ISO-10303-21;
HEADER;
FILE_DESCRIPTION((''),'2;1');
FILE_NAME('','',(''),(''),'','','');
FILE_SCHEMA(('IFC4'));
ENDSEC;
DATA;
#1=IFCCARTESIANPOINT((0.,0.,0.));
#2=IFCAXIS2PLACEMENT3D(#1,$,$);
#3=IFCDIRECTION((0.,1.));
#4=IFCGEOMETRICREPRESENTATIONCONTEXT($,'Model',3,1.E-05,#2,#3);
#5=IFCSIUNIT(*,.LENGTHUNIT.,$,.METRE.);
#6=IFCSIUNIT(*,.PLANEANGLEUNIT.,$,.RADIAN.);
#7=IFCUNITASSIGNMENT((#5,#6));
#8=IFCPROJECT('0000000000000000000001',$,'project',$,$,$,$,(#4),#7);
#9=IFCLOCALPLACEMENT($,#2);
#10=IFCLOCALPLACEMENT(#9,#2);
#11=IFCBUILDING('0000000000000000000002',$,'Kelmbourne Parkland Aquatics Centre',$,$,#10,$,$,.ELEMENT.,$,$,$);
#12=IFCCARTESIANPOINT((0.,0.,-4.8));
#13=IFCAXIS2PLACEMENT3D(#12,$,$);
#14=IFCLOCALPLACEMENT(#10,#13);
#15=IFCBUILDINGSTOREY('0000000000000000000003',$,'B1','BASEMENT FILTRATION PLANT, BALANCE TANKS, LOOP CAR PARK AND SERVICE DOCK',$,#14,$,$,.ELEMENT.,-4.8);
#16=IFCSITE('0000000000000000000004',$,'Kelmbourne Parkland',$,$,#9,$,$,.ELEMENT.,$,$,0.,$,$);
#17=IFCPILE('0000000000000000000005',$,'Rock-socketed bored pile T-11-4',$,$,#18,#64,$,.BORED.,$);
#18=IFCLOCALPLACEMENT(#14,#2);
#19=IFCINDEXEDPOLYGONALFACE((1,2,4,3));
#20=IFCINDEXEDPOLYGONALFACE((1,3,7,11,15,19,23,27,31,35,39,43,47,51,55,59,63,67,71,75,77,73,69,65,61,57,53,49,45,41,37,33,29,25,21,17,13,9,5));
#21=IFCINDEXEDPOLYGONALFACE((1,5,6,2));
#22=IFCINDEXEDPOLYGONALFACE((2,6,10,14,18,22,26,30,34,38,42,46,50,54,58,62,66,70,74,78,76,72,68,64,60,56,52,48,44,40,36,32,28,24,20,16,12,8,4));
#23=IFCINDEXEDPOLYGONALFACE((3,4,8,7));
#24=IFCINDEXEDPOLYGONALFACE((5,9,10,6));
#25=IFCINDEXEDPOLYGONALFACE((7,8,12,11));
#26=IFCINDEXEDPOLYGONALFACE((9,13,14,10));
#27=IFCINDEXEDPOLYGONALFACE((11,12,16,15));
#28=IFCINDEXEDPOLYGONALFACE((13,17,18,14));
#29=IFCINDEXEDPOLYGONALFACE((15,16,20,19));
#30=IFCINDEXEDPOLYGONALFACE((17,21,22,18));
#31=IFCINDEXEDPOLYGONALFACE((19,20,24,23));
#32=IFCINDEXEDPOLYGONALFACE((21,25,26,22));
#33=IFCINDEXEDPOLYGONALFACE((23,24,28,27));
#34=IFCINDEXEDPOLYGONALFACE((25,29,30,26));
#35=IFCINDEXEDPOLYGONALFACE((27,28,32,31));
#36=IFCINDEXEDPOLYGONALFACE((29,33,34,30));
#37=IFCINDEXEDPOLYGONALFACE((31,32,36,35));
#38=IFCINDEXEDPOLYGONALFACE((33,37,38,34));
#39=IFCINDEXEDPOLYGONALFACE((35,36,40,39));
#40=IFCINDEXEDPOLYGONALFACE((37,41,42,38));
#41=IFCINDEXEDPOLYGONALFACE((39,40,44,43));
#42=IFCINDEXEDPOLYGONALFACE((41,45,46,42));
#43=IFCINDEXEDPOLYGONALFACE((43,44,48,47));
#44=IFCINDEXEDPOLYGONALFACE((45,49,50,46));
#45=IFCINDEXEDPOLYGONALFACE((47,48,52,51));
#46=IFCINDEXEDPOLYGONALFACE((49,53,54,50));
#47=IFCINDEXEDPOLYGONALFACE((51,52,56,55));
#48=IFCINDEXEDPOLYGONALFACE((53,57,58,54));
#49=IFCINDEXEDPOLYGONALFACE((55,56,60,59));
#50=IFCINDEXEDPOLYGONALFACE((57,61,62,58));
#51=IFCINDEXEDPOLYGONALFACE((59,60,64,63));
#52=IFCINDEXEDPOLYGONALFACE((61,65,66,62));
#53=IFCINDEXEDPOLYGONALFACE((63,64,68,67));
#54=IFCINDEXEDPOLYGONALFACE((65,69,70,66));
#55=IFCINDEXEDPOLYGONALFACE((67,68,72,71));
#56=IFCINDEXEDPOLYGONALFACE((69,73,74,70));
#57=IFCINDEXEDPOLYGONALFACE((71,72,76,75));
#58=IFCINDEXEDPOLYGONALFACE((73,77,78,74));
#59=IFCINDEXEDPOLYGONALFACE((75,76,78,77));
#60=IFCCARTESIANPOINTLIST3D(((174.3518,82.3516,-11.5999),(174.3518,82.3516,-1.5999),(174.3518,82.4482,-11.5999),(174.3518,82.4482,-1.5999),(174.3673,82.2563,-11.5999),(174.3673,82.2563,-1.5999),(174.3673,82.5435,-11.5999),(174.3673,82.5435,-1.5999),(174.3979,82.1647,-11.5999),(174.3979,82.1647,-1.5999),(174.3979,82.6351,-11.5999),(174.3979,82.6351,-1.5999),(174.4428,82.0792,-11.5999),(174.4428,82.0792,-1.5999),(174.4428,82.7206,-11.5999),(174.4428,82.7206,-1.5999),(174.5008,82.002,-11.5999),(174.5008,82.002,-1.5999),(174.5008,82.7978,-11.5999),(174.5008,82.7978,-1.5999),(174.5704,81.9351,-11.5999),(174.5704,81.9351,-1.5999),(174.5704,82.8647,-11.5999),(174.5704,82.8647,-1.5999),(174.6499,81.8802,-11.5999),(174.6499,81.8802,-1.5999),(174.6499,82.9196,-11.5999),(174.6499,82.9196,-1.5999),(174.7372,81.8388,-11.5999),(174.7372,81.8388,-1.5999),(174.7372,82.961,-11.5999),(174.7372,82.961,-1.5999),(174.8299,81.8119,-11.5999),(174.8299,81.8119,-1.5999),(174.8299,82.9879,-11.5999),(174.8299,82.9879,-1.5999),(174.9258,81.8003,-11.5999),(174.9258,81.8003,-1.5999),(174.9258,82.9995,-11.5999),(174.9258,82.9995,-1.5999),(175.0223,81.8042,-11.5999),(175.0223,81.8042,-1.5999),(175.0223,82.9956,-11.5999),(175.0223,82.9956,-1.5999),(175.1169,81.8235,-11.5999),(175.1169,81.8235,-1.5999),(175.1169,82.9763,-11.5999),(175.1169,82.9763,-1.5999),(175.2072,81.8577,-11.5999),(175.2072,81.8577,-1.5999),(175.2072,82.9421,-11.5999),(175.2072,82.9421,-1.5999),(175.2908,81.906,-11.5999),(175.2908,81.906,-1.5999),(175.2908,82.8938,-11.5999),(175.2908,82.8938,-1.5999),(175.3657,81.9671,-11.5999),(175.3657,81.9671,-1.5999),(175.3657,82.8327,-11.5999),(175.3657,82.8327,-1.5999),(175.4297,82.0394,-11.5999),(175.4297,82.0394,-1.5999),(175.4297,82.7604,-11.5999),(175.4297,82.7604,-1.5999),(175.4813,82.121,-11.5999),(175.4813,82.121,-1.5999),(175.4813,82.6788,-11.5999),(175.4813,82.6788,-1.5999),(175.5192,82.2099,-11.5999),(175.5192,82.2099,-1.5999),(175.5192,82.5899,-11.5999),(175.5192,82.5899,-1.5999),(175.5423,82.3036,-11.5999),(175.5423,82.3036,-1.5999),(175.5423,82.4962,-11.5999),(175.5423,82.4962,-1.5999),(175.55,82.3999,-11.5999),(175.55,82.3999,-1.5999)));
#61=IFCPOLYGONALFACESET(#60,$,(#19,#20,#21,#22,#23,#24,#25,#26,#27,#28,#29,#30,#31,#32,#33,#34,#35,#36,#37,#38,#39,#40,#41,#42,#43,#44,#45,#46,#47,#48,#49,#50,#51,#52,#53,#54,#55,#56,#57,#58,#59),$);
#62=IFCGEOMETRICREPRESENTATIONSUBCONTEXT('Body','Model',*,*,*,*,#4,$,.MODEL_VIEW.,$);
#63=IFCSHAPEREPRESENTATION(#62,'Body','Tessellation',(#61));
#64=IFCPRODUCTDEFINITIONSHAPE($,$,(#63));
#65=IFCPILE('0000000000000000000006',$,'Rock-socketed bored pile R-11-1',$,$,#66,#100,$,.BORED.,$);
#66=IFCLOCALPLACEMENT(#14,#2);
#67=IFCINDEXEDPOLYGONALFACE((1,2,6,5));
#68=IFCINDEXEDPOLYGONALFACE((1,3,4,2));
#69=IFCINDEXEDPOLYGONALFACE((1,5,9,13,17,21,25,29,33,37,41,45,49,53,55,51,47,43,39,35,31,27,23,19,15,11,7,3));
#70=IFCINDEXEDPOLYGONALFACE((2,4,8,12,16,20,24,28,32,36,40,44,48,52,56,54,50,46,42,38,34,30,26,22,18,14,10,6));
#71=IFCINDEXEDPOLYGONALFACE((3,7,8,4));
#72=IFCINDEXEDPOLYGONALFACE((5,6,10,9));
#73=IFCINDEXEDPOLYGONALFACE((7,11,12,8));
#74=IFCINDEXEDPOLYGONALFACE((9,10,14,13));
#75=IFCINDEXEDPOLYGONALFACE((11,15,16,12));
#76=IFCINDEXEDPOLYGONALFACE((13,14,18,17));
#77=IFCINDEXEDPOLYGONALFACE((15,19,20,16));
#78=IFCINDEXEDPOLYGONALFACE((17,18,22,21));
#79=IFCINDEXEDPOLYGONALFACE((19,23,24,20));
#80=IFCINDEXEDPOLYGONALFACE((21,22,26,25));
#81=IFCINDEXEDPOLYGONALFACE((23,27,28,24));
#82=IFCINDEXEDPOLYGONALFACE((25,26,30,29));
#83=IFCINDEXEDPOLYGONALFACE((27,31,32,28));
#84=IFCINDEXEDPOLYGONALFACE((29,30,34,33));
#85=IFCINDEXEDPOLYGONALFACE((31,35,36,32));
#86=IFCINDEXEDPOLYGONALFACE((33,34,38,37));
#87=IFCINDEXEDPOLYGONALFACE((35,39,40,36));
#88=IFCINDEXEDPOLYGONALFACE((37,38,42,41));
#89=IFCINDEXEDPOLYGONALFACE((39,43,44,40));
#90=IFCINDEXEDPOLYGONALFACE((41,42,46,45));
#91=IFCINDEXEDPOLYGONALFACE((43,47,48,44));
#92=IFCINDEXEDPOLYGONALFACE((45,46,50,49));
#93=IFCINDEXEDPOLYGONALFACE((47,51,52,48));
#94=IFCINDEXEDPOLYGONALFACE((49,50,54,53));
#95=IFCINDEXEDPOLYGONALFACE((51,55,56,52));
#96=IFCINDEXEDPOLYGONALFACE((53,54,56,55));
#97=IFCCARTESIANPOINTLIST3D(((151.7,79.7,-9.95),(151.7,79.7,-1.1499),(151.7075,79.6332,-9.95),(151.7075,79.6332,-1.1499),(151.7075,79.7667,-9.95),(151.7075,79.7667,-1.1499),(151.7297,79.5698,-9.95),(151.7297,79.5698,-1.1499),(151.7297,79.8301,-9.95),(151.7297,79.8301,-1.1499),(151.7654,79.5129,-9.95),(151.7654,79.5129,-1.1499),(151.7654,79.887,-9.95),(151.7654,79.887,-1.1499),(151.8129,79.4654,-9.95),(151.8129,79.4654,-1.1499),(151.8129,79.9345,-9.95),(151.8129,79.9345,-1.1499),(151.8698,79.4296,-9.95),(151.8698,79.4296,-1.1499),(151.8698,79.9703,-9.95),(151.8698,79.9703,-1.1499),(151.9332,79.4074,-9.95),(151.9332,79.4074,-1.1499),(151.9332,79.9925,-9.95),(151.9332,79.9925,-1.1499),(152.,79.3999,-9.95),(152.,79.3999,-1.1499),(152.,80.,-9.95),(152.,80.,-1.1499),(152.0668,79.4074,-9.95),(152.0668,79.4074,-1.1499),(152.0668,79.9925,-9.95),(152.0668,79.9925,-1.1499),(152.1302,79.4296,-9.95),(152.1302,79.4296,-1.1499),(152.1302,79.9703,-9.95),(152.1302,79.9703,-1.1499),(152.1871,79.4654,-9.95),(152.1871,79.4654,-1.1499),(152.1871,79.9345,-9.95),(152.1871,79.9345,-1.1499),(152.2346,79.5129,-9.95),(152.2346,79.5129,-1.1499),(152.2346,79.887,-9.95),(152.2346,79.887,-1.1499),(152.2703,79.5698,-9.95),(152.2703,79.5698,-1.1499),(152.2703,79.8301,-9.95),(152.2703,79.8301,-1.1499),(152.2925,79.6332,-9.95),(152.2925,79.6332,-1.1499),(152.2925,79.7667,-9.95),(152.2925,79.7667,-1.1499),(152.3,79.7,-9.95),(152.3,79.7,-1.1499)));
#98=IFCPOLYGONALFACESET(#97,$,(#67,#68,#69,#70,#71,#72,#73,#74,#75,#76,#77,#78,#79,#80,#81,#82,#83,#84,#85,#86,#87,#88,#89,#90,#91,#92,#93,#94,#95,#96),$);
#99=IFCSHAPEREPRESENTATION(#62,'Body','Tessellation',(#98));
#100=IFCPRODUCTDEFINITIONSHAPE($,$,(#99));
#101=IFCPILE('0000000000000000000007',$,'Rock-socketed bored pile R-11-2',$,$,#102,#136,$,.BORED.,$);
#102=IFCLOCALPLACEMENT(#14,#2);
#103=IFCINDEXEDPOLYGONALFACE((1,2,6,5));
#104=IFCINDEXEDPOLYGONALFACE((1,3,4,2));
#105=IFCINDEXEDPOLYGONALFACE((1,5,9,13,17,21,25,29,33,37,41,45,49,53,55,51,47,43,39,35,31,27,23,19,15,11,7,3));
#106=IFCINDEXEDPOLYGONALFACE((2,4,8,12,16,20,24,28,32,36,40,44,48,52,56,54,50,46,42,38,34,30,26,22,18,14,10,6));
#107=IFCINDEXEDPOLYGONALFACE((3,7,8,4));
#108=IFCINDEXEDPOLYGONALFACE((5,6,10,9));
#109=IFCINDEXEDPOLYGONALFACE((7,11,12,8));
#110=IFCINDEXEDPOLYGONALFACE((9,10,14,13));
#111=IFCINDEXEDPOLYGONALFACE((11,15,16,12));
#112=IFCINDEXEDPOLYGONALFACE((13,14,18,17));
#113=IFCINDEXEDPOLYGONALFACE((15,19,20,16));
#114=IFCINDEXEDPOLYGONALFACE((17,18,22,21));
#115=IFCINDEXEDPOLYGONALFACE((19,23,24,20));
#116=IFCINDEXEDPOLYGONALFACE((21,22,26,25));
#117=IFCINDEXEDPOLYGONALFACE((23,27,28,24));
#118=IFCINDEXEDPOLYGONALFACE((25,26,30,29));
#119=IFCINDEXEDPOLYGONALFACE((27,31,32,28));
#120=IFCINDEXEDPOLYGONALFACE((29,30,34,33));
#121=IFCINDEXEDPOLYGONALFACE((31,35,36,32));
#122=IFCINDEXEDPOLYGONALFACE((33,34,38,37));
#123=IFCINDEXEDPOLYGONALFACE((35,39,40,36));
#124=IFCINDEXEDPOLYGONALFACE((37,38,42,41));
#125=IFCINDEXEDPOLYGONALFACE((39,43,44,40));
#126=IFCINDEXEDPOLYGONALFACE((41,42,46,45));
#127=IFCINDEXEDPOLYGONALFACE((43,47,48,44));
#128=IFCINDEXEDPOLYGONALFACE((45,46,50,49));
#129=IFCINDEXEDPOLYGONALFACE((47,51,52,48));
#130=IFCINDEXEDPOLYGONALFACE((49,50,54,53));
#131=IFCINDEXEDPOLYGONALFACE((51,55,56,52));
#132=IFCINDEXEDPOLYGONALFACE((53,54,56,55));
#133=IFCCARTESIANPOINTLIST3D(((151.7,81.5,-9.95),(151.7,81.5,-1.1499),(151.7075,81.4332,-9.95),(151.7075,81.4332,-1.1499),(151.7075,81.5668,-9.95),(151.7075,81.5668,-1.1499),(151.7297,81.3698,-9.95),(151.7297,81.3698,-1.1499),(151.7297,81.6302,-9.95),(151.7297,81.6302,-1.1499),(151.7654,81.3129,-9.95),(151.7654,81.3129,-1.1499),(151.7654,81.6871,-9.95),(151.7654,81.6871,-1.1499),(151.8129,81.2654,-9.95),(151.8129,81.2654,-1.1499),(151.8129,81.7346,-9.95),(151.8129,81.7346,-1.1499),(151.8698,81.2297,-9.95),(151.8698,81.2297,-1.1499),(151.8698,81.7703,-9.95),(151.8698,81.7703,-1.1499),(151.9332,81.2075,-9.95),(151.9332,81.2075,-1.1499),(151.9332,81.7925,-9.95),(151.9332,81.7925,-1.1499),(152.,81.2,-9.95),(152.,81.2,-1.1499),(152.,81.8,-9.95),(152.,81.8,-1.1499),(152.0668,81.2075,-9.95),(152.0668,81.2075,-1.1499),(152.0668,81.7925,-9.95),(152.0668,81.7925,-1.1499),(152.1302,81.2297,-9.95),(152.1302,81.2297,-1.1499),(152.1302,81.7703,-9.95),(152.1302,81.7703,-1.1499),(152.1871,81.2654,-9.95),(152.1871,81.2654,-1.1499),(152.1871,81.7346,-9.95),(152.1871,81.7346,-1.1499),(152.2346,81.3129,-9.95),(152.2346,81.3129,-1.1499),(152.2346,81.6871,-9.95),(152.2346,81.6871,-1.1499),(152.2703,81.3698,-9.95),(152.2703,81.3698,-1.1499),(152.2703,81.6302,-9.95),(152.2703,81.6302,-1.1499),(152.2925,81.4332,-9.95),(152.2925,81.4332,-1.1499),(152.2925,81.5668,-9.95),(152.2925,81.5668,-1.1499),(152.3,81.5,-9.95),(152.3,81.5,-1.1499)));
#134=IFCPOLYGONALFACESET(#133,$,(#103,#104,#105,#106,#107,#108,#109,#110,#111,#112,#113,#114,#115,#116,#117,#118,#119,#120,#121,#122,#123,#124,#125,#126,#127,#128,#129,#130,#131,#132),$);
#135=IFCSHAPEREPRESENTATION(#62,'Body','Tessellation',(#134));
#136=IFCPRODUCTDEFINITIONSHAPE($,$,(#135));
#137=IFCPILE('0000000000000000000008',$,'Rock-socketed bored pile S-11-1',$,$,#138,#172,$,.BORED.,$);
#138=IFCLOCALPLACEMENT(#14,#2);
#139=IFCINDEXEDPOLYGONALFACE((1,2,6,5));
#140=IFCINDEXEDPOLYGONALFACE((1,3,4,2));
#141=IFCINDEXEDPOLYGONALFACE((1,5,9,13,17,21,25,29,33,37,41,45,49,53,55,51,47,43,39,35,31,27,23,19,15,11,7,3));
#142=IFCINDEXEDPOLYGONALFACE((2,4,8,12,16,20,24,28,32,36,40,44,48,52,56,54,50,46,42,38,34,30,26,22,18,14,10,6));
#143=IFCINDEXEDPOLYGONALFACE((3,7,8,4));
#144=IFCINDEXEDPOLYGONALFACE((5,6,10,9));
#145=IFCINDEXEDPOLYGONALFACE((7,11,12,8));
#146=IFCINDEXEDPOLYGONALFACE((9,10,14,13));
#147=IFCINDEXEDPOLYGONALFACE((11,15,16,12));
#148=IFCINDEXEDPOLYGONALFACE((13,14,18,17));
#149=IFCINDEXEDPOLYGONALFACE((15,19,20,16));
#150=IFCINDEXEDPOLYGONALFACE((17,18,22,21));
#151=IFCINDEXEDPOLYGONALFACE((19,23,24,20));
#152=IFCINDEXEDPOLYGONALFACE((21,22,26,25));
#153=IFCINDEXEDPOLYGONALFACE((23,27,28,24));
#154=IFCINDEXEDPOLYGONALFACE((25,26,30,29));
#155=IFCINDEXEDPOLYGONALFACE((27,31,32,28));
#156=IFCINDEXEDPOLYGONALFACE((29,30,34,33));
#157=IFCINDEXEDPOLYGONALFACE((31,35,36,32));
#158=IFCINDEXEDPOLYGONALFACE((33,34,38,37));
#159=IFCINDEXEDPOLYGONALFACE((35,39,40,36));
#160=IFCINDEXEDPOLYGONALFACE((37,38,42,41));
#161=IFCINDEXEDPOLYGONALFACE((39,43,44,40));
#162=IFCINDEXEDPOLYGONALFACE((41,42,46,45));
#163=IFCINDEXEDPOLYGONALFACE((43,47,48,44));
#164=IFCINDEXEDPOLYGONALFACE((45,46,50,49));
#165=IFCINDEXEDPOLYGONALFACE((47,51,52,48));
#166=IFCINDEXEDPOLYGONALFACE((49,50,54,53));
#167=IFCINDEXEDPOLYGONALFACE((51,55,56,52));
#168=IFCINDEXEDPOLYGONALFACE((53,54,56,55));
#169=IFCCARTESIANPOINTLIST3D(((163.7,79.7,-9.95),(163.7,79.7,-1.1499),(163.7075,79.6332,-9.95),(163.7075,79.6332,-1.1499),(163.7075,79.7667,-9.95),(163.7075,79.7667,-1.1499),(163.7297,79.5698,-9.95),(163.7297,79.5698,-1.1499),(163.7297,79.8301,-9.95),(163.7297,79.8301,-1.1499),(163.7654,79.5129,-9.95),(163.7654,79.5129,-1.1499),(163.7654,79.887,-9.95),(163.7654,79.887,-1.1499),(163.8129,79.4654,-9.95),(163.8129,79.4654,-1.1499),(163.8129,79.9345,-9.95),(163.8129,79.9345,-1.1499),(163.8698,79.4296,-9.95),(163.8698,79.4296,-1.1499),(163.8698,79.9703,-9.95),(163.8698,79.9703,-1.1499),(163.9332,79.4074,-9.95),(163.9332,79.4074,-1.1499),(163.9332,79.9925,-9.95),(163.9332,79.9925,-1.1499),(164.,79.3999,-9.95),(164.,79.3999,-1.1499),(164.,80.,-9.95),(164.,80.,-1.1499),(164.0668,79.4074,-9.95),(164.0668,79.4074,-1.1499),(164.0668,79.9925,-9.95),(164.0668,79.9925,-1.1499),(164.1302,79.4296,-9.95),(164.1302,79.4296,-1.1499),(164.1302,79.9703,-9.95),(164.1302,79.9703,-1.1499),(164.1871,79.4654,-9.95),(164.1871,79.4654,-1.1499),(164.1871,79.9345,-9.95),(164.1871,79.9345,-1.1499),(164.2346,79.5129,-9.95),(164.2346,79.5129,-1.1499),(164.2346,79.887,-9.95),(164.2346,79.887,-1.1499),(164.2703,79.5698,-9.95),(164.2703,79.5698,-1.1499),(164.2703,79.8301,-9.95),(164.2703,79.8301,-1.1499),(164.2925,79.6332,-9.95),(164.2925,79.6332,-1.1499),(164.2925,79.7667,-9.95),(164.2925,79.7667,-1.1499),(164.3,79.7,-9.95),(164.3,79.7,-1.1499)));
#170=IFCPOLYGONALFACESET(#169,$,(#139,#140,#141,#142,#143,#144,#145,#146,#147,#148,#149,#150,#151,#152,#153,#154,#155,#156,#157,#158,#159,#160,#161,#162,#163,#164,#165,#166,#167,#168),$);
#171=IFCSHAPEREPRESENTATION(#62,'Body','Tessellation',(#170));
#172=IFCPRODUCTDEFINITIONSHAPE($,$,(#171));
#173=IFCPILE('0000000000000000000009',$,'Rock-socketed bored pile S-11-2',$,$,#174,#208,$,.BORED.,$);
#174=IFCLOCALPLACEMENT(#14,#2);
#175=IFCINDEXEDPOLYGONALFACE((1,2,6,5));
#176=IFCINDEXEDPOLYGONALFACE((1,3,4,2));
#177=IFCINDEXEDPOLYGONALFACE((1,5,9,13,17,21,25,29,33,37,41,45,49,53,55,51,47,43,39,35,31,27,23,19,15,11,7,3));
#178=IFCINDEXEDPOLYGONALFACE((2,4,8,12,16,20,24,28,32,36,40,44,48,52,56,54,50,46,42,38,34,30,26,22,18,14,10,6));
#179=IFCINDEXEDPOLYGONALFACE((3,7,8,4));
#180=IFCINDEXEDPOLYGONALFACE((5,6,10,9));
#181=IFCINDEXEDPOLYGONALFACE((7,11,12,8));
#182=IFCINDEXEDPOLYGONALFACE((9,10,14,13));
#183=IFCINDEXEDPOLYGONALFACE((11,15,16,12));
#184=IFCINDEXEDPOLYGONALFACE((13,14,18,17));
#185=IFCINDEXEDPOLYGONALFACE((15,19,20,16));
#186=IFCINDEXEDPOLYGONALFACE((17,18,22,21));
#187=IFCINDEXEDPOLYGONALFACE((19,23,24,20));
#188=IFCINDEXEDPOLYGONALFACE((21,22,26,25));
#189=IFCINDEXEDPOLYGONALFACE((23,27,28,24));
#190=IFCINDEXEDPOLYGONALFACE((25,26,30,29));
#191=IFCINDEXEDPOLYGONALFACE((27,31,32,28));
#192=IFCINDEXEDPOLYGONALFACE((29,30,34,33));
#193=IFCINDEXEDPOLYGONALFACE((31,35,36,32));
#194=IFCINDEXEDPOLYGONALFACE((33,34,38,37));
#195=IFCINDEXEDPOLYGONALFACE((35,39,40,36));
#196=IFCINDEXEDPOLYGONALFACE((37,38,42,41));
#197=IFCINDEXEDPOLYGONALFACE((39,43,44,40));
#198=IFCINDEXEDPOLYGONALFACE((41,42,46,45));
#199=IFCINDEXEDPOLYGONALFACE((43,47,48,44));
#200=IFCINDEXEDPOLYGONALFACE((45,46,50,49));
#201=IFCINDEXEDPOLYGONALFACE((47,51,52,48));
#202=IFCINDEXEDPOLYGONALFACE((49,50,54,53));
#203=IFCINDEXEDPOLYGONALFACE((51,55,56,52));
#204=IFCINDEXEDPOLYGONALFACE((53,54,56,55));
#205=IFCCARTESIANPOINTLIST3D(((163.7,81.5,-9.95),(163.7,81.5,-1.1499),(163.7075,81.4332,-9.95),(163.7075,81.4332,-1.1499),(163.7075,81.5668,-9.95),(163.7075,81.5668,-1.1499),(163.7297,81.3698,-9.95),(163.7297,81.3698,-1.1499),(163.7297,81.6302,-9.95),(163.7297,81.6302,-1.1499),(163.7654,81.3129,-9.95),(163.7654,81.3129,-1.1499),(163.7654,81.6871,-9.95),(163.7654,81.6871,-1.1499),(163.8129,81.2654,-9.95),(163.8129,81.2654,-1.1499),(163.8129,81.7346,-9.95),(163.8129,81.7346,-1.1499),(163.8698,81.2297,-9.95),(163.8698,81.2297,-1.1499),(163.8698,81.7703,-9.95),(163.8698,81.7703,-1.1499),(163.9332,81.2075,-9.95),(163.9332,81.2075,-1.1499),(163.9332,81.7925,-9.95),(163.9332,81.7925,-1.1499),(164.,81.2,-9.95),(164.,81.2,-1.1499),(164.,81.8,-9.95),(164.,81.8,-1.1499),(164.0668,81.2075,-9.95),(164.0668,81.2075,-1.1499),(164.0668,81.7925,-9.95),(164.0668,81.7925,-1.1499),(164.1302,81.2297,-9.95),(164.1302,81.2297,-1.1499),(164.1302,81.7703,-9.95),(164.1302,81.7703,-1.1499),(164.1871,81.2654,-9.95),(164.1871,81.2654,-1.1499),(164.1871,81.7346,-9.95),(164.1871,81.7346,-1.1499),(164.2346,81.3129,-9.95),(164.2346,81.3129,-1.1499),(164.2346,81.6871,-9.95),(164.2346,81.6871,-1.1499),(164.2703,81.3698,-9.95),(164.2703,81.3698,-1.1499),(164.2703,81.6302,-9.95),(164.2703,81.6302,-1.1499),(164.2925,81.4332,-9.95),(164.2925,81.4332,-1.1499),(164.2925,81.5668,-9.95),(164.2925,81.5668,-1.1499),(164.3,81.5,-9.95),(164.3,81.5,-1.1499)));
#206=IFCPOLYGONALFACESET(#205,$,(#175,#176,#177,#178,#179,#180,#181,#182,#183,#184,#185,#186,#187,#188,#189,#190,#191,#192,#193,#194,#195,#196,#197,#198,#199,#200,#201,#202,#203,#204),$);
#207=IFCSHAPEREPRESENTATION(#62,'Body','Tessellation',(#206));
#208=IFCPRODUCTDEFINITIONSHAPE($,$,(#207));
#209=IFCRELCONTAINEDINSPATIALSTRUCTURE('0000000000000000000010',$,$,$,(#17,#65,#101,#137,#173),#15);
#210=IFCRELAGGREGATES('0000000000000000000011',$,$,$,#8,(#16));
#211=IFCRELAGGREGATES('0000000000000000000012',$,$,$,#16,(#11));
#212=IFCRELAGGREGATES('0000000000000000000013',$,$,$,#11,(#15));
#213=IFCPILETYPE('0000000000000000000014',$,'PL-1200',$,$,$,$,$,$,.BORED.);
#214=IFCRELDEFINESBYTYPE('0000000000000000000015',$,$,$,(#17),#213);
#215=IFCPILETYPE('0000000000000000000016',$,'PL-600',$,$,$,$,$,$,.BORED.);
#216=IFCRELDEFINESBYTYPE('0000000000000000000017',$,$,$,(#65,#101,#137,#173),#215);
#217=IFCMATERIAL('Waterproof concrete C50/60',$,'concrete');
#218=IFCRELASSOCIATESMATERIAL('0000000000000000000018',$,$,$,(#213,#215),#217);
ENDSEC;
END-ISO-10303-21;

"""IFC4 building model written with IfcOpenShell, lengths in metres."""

from ifc_helpers import new_model, si_unit, direction, frame, origin, origin_2d, place, context, subcontext, project, spatial, circle, extrude, material, material_profile, profile_set, type_object, element, save


model = new_model("IFC4")

# Units and contexts
model_context = context("Model", 3, precision=1e-05, world=origin(), true_north=direction((0.0, 1.0)))
body_context = subcontext(model_context, "Body", "Model", "MODEL_VIEW")
ifc_project = project(units=[si_unit("LENGTHUNIT", "METRE"), si_unit("PLANEANGLEUNIT", "RADIAN")], contexts=[model_context])

# Site, building, storey
site_placement = place(None, origin())
site = spatial("IfcSite", under=ifc_project, at=site_placement, Name="Kelmbourne Parkland", CompositionType="ELEMENT", RefElevation=0.0)
building_placement = place(site_placement, origin())
building = spatial("IfcBuilding", under=site, at=building_placement, Name="Kelmbourne Parkland Aquatics Centre", CompositionType="ELEMENT")
storey_placement = place(building_placement, frame((0.0, 0.0, -4.8)))
storey = spatial("IfcBuildingStorey", under=building, at=storey_placement, Name="B1", Description="BASEMENT FILTRATION PLANT, BALANCE TANKS, LOOP CAR PARK AND SERVICE DOCK", CompositionType="ELEMENT", Elevation=-4.8)

# Shared definitions
ifc_material_1 = material(Name="Waterproof concrete C50/60", Category="concrete")

# Piles
ifc_material_profile_1 = material_profile(ifc_material_1, circle(Radius=0.6001, at=origin_2d()), Name="PILE D1200")
ifc_profile_set_1 = profile_set([ifc_material_profile_1], Name="Waterproof concrete C50/60")
pile_type_1 = type_object("IfcPileType", Name="PL-1200", PredefinedType="BORED", material=ifc_profile_set_1)
for number, where, z_axis, x_axis, name in (
    (1, (174.95, 82.3999, -1.5999), (0.0, 0.0, -1.0), (1.0, 0.0, 0.0), "Rock-socketed bored pile T-11-4"),
):
    element("IfcPile", number, at=place(storey_placement, frame(where, z_axis=z_axis, x_axis=x_axis)), inside=storey, type_object=pile_type_1, Name=name, PredefinedType="BORED", context=body_context, shape_type="SweptSolid", body=[
        extrude(circle(Radius=0.6001, at=origin_2d()), origin(), (0.0, 0.0, 1.0), 10.0),
    ])
ifc_material_profile_2 = material_profile(ifc_material_1, circle(Radius=0.3, at=origin_2d()), Name="PILE D600")
ifc_profile_set_2 = profile_set([ifc_material_profile_2], Name="Waterproof concrete C50/60")
pile_type_2 = type_object("IfcPileType", Name="PL-600", PredefinedType="BORED", material=ifc_profile_set_2)
for number, where, z_axis, x_axis, name in (
    (2, (152.0, 79.7, -1.1499), (0.0, 0.0, -1.0), (1.0, 0.0, 0.0), "Rock-socketed bored pile R-11-1"),
    (3, (152.0, 81.5, -1.1499), (0.0, 0.0, -1.0), (1.0, 0.0, 0.0), "Rock-socketed bored pile R-11-2"),
    (4, (164.0, 79.7, -1.1499), (0.0, 0.0, -1.0), (1.0, 0.0, 0.0), "Rock-socketed bored pile S-11-1"),
    (5, (164.0, 81.5, -1.1499), (0.0, 0.0, -1.0), (1.0, 0.0, 0.0), "Rock-socketed bored pile S-11-2"),
):
    element("IfcPile", number, at=place(storey_placement, frame(where, z_axis=z_axis, x_axis=x_axis)), inside=storey, type_object=pile_type_2, Name=name, PredefinedType="BORED", context=body_context, shape_type="SweptSolid", body=[
        extrude(circle(Radius=0.3, at=origin_2d()), origin(), (0.0, 0.0, 1.0), 8.8),
    ])

save(model, "model.ifc")
